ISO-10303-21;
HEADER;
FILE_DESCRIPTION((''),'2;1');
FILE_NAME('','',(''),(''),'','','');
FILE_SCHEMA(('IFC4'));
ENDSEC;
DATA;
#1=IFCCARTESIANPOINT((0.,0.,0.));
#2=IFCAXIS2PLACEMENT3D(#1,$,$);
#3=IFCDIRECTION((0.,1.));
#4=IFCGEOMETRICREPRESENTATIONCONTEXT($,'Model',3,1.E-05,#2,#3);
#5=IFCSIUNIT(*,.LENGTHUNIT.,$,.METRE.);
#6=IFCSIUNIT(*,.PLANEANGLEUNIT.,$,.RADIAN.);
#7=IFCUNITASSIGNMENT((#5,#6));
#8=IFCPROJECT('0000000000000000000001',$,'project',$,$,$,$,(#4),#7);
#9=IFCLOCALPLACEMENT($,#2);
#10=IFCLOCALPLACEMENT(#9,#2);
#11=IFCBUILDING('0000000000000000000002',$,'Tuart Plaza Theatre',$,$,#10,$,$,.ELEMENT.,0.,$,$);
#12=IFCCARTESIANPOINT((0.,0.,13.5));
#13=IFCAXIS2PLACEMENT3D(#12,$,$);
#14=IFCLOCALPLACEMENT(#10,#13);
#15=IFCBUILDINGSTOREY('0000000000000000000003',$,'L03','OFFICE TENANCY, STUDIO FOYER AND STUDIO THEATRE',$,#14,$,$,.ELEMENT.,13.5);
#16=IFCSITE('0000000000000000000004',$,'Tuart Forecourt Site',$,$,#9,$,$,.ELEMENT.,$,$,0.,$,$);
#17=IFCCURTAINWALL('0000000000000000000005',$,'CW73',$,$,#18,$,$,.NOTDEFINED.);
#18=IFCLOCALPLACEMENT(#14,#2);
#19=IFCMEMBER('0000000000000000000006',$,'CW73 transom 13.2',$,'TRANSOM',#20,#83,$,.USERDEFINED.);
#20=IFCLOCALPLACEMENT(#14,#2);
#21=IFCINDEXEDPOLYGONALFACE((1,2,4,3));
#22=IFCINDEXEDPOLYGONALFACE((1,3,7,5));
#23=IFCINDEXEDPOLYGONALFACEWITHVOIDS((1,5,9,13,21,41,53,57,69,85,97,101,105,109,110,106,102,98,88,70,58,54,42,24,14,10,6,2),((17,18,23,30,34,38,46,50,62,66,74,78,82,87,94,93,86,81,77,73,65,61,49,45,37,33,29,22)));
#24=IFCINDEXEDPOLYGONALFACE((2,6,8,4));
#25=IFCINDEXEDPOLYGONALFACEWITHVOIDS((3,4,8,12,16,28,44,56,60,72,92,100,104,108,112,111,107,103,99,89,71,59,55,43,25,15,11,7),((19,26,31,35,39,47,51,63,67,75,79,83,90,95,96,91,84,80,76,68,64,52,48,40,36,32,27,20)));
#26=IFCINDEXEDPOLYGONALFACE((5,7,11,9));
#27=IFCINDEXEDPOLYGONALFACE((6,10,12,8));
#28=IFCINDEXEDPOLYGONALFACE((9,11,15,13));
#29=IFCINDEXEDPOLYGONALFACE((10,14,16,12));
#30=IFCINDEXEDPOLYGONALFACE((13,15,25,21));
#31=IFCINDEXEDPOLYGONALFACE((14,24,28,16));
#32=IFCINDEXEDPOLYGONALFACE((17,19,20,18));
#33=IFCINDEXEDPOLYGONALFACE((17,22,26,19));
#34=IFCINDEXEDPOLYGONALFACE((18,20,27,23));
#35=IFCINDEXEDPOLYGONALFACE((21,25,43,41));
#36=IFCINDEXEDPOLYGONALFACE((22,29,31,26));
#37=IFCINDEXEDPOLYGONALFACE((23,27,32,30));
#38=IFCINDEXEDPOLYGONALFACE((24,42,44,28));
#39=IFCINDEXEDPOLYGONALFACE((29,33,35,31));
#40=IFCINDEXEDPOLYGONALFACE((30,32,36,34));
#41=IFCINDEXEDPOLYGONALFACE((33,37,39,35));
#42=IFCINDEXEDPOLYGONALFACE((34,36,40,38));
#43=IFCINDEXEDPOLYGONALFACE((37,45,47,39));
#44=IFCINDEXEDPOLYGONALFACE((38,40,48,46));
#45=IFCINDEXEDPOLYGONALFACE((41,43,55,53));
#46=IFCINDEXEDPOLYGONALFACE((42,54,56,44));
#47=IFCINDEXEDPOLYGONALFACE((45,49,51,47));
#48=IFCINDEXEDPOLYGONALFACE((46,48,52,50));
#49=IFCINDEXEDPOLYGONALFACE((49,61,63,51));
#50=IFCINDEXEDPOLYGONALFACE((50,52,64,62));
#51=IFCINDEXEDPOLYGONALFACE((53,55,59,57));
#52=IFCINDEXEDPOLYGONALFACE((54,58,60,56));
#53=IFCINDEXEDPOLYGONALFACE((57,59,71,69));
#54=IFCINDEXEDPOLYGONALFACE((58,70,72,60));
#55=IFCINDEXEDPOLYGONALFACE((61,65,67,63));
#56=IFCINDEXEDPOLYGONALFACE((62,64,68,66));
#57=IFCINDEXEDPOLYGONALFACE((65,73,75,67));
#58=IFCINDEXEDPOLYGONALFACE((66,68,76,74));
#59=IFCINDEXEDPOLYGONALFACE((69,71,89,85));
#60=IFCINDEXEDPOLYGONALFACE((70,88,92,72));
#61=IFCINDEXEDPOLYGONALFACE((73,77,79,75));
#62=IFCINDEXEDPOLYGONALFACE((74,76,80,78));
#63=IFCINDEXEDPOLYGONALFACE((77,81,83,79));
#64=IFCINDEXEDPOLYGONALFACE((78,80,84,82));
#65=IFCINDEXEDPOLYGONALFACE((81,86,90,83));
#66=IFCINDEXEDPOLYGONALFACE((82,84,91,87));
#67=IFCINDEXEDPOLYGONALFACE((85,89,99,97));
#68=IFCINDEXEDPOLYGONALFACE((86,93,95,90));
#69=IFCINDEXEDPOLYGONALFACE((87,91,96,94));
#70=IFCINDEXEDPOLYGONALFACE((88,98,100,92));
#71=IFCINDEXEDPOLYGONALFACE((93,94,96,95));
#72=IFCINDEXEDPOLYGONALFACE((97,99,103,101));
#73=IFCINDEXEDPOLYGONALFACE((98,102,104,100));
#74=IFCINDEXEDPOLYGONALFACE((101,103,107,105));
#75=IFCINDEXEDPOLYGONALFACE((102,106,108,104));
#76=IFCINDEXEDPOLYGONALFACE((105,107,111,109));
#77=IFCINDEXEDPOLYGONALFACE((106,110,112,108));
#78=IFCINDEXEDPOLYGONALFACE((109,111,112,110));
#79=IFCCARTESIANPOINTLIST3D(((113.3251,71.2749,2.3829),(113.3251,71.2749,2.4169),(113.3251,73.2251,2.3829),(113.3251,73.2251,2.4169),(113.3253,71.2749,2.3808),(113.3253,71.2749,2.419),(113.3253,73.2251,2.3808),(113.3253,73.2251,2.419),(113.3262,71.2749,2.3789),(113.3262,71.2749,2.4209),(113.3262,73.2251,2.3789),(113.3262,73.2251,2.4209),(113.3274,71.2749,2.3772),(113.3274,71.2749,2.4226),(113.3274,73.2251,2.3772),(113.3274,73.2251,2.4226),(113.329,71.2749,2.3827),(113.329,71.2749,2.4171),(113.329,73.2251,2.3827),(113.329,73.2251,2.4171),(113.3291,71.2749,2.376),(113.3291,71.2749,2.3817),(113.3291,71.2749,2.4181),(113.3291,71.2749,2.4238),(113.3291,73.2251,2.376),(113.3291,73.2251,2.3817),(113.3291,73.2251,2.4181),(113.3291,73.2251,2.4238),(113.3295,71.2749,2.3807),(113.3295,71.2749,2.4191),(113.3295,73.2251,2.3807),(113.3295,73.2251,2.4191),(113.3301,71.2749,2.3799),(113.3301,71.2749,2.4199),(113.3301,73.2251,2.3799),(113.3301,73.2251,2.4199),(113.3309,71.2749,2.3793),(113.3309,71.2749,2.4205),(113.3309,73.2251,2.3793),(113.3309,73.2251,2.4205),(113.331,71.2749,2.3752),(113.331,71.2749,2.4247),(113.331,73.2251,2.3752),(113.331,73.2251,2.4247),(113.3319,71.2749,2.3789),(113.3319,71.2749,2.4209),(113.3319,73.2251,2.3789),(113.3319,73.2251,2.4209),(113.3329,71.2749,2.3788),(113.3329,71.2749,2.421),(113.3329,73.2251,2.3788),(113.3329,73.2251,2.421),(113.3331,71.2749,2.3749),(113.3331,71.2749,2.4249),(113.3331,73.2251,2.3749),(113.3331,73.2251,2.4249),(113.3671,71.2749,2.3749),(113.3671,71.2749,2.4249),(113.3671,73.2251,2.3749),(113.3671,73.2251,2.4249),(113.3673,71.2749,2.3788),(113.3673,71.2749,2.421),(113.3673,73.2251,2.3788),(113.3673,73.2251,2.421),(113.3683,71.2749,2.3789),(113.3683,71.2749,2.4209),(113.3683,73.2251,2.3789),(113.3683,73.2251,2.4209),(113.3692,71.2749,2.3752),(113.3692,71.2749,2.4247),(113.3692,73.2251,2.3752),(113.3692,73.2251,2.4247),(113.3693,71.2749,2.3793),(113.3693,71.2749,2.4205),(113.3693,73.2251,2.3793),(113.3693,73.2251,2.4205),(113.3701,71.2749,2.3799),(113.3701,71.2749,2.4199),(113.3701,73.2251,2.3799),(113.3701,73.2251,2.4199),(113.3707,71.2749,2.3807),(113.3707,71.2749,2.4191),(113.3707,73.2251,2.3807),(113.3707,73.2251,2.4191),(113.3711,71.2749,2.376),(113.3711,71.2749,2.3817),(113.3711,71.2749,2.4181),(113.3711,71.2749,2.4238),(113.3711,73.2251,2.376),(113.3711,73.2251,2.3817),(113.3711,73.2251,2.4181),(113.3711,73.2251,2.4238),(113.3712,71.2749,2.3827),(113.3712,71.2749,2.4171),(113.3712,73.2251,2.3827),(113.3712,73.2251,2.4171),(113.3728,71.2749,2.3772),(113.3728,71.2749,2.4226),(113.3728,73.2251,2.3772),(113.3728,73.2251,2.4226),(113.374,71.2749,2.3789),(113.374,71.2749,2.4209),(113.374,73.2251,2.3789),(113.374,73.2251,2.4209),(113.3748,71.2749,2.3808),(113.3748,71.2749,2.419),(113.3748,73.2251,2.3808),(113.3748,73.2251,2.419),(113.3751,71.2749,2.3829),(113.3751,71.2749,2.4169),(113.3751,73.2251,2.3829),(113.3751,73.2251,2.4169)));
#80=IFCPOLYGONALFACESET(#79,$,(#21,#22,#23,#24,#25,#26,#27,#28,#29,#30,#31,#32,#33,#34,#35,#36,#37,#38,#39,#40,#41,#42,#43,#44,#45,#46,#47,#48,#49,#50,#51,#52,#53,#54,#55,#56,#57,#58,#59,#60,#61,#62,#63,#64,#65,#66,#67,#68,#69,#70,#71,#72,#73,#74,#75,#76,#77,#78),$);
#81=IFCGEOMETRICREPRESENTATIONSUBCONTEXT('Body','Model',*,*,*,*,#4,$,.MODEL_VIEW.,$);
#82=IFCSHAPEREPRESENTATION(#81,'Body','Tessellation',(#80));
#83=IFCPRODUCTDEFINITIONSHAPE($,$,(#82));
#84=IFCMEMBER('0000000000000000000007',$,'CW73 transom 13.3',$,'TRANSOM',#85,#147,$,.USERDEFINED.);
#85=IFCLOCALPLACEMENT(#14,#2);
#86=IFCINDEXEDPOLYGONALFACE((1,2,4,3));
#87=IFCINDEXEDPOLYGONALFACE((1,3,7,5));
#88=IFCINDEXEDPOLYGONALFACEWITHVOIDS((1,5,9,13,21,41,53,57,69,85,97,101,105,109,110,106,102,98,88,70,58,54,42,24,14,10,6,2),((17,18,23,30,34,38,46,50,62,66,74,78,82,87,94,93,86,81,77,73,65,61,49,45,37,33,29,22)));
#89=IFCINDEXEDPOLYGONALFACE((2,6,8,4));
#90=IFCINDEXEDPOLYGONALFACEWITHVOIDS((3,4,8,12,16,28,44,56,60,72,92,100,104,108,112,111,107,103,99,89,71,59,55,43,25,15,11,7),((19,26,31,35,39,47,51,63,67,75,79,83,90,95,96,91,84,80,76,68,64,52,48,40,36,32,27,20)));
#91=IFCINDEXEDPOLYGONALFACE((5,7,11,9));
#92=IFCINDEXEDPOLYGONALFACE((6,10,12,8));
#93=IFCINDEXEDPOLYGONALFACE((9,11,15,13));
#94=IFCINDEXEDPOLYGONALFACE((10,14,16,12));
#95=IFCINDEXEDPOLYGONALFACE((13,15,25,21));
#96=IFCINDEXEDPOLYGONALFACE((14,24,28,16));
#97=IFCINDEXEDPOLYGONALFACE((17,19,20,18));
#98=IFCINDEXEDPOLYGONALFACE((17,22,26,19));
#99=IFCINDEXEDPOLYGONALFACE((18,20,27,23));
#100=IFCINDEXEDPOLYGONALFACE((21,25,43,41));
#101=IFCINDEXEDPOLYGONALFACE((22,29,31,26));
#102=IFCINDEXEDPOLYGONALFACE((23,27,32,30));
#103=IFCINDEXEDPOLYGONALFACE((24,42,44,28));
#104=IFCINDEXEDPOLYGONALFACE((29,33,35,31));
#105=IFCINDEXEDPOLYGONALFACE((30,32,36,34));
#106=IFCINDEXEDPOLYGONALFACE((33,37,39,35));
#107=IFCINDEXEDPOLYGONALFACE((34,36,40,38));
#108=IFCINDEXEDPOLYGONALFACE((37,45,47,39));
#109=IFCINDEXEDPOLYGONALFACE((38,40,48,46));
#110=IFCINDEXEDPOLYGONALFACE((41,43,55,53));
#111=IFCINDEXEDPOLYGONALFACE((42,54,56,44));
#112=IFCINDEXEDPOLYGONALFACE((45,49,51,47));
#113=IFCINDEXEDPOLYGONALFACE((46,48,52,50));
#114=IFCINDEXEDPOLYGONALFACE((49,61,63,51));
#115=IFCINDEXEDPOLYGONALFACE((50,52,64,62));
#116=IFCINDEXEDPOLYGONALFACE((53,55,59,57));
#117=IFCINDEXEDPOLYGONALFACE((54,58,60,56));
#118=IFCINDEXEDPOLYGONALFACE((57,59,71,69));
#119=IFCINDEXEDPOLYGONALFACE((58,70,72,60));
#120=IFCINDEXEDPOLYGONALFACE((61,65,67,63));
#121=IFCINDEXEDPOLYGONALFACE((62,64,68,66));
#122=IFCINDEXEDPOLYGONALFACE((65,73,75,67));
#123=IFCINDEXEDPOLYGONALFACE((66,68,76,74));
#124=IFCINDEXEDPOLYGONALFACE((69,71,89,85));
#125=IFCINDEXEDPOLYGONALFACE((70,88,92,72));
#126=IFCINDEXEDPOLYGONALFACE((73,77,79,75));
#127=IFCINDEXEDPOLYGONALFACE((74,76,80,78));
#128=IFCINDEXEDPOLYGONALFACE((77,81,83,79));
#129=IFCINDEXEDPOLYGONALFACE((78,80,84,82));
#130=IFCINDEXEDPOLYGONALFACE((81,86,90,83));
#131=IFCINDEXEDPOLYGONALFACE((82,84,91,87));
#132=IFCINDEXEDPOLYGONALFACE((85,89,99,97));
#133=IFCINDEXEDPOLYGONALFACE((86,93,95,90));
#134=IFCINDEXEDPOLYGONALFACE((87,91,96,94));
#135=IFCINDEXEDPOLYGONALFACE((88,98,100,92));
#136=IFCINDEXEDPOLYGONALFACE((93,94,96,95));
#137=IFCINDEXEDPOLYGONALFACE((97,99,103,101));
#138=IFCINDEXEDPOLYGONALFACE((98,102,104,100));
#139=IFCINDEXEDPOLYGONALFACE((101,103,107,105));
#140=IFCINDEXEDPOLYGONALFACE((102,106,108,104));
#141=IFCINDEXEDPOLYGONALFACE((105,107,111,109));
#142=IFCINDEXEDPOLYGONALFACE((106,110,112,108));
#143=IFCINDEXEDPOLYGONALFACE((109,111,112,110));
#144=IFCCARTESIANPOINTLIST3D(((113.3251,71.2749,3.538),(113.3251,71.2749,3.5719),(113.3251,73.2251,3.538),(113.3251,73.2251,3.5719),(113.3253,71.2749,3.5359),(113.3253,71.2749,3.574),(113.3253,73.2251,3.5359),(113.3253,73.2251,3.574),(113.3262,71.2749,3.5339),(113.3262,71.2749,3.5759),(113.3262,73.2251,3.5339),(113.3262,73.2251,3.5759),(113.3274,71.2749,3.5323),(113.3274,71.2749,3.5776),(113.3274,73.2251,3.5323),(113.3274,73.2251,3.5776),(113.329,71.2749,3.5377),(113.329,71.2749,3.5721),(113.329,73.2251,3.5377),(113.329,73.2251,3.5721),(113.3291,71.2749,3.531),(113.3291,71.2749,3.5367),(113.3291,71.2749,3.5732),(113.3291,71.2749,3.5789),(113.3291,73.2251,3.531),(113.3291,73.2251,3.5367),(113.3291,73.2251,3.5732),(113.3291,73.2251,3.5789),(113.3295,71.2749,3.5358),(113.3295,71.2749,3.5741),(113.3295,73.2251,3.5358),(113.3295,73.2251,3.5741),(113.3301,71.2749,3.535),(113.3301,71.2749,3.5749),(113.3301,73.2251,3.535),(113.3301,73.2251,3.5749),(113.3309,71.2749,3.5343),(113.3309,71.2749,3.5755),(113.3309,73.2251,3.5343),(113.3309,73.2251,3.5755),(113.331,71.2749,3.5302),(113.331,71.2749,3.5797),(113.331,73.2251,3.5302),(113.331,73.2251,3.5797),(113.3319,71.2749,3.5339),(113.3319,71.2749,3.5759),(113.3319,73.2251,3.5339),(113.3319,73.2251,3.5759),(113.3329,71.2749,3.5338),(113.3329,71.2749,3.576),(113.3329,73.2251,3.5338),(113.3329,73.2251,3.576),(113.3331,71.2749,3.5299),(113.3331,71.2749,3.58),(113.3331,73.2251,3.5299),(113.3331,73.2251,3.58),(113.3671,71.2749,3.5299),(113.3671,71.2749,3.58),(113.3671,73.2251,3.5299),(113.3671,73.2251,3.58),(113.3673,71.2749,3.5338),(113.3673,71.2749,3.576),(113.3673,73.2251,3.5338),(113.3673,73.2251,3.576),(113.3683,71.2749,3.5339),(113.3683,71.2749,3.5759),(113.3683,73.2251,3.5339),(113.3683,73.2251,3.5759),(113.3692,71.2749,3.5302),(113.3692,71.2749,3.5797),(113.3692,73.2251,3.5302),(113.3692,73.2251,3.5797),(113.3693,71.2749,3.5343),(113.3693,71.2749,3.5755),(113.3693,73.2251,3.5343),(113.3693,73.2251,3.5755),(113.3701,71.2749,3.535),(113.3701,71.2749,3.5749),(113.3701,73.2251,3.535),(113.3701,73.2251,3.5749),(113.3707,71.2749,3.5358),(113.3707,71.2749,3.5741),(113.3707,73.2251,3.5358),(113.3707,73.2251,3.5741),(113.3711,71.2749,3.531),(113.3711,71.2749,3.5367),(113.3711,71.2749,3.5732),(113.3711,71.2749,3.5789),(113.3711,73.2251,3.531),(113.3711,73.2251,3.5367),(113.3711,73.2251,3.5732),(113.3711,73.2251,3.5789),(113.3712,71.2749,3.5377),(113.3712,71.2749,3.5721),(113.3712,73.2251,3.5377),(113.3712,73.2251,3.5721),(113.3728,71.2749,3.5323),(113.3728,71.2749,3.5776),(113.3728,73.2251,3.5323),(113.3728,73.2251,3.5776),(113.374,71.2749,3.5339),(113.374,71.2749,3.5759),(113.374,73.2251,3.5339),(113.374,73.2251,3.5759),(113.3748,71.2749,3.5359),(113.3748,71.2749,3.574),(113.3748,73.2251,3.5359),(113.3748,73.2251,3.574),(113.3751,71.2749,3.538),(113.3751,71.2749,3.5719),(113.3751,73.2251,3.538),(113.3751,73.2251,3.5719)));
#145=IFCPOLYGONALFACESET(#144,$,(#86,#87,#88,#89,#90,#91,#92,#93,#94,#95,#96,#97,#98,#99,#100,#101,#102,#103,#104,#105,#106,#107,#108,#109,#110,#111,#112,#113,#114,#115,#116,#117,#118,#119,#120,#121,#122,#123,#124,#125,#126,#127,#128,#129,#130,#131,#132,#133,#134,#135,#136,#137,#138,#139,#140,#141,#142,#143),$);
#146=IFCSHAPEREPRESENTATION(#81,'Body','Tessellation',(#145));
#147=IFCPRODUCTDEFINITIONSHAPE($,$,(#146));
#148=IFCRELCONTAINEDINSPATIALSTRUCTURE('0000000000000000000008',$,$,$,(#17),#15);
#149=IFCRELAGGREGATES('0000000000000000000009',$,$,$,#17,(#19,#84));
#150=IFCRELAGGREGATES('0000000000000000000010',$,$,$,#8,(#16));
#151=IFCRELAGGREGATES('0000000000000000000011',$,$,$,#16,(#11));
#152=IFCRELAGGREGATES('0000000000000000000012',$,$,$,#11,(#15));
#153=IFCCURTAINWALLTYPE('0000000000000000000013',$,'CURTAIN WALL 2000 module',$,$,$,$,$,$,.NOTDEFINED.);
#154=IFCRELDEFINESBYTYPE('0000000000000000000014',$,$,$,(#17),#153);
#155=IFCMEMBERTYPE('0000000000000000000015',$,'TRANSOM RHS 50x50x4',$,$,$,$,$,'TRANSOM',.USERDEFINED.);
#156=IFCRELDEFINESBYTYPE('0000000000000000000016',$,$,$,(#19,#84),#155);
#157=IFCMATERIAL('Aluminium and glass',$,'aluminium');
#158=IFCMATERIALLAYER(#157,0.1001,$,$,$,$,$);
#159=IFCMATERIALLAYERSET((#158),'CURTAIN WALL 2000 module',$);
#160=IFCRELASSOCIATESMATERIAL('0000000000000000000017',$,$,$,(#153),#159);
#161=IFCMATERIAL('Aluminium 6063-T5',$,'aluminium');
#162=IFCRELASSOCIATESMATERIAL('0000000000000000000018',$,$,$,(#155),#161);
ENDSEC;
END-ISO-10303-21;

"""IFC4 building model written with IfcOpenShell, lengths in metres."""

from ifc_helpers import new_model, si_unit, direction, frame, origin, origin_2d, place, context, subcontext, project, spatial, hollow_rectangle, extrude, material, layer, layer_set, material_profile, profile_set, type_object, element, aggregate, save


model = new_model("IFC4")

# Units and contexts
model_context = context("Model", 3, precision=1e-05, world=origin(), true_north=direction((0.0, 1.0)))
body_context = subcontext(model_context, "Body", "Model", "MODEL_VIEW")
ifc_project = project(units=[si_unit("LENGTHUNIT", "METRE"), si_unit("PLANEANGLEUNIT", "RADIAN")], contexts=[model_context])

# Site, building, storey
site_placement = place(None, origin())
site = spatial("IfcSite", under=ifc_project, at=site_placement, Name="Tuart Forecourt Site", CompositionType="ELEMENT", RefElevation=0.0)
building_placement = place(site_placement, origin())
building = spatial("IfcBuilding", under=site, at=building_placement, Name="Tuart Plaza Theatre", CompositionType="ELEMENT", ElevationOfRefHeight=0.0)
storey_placement = place(building_placement, frame((0.0, 0.0, 13.5)))
storey = spatial("IfcBuildingStorey", under=building, at=storey_placement, Name="L03", Description="OFFICE TENANCY, STUDIO FOYER AND STUDIO THEATRE", CompositionType="ELEMENT", Elevation=13.5)

# Curtain wall, members
ifc_material_1 = material(Name="Aluminium and glass", Category="aluminium")
ifc_layer_1 = layer(ifc_material_1, 0.1001)
ifc_layer_set_1 = layer_set([ifc_layer_1], Name="CURTAIN WALL 2000 module")
curtain_wall_type = type_object("IfcCurtainWallType", Name="CURTAIN WALL 2000 module", PredefinedType="NOTDEFINED", material=ifc_layer_set_1)
curtain_wall_placement = place(storey_placement, origin())
curtain_wall = element("IfcCurtainWall", 1, at=curtain_wall_placement, inside=storey, type_object=curtain_wall_type, Name="CW73", PredefinedType="NOTDEFINED")
ifc_material_2 = material(Name="Aluminium 6063-T5", Category="aluminium")
ifc_material_profile_1 = material_profile(ifc_material_2, hollow_rectangle(XDim=0.05, YDim=0.05, WallThickness=0.0039, InnerFilletRadius=0.0039, OuterFilletRadius=0.0081, at=origin_2d()), Name="RHS 50x50x4")
ifc_profile_set_1 = profile_set([ifc_material_profile_1], Name="Aluminium 6063-T5")
member_type_1 = type_object("IfcMemberType", Name="TRANSOM RHS 50x50x4", ElementType="TRANSOM", PredefinedType="USERDEFINED", material=ifc_profile_set_1)
member_1_placement = place(storey_placement, frame((113.3501, 73.2251, 2.3999), z_axis=(0.0, -1.0, 0.0), x_axis=(1.0, 0.0, 0.0)))
member_1 = element("IfcMember", 2, at=member_1_placement, type_object=member_type_1, Name="CW73 transom 13.2", ObjectType="TRANSOM", PredefinedType="USERDEFINED", context=body_context, shape_type="SweptSolid", body=[
    extrude(hollow_rectangle(XDim=0.05, YDim=0.05, WallThickness=0.0039, InnerFilletRadius=0.0039, OuterFilletRadius=0.0081, at=origin_2d()), origin(), (0.0, 0.0, 1.0), 1.9502),
])
member_2_placement = place(storey_placement, frame((113.3501, 73.2251, 3.5549), z_axis=(0.0, -1.0, 0.0), x_axis=(1.0, 0.0, 0.0)))
member_2 = element("IfcMember", 3, at=member_2_placement, type_object=member_type_1, Name="CW73 transom 13.3", ObjectType="TRANSOM", PredefinedType="USERDEFINED", context=body_context, shape_type="SweptSolid", body=[
    extrude(hollow_rectangle(XDim=0.05, YDim=0.05, WallThickness=0.0039, InnerFilletRadius=0.0039, OuterFilletRadius=0.0081, at=origin_2d()), origin(), (0.0, 0.0, 1.0), 1.9502),
])
aggregate(curtain_wall, [member_1, member_2])

save(model, "model.ifc")
